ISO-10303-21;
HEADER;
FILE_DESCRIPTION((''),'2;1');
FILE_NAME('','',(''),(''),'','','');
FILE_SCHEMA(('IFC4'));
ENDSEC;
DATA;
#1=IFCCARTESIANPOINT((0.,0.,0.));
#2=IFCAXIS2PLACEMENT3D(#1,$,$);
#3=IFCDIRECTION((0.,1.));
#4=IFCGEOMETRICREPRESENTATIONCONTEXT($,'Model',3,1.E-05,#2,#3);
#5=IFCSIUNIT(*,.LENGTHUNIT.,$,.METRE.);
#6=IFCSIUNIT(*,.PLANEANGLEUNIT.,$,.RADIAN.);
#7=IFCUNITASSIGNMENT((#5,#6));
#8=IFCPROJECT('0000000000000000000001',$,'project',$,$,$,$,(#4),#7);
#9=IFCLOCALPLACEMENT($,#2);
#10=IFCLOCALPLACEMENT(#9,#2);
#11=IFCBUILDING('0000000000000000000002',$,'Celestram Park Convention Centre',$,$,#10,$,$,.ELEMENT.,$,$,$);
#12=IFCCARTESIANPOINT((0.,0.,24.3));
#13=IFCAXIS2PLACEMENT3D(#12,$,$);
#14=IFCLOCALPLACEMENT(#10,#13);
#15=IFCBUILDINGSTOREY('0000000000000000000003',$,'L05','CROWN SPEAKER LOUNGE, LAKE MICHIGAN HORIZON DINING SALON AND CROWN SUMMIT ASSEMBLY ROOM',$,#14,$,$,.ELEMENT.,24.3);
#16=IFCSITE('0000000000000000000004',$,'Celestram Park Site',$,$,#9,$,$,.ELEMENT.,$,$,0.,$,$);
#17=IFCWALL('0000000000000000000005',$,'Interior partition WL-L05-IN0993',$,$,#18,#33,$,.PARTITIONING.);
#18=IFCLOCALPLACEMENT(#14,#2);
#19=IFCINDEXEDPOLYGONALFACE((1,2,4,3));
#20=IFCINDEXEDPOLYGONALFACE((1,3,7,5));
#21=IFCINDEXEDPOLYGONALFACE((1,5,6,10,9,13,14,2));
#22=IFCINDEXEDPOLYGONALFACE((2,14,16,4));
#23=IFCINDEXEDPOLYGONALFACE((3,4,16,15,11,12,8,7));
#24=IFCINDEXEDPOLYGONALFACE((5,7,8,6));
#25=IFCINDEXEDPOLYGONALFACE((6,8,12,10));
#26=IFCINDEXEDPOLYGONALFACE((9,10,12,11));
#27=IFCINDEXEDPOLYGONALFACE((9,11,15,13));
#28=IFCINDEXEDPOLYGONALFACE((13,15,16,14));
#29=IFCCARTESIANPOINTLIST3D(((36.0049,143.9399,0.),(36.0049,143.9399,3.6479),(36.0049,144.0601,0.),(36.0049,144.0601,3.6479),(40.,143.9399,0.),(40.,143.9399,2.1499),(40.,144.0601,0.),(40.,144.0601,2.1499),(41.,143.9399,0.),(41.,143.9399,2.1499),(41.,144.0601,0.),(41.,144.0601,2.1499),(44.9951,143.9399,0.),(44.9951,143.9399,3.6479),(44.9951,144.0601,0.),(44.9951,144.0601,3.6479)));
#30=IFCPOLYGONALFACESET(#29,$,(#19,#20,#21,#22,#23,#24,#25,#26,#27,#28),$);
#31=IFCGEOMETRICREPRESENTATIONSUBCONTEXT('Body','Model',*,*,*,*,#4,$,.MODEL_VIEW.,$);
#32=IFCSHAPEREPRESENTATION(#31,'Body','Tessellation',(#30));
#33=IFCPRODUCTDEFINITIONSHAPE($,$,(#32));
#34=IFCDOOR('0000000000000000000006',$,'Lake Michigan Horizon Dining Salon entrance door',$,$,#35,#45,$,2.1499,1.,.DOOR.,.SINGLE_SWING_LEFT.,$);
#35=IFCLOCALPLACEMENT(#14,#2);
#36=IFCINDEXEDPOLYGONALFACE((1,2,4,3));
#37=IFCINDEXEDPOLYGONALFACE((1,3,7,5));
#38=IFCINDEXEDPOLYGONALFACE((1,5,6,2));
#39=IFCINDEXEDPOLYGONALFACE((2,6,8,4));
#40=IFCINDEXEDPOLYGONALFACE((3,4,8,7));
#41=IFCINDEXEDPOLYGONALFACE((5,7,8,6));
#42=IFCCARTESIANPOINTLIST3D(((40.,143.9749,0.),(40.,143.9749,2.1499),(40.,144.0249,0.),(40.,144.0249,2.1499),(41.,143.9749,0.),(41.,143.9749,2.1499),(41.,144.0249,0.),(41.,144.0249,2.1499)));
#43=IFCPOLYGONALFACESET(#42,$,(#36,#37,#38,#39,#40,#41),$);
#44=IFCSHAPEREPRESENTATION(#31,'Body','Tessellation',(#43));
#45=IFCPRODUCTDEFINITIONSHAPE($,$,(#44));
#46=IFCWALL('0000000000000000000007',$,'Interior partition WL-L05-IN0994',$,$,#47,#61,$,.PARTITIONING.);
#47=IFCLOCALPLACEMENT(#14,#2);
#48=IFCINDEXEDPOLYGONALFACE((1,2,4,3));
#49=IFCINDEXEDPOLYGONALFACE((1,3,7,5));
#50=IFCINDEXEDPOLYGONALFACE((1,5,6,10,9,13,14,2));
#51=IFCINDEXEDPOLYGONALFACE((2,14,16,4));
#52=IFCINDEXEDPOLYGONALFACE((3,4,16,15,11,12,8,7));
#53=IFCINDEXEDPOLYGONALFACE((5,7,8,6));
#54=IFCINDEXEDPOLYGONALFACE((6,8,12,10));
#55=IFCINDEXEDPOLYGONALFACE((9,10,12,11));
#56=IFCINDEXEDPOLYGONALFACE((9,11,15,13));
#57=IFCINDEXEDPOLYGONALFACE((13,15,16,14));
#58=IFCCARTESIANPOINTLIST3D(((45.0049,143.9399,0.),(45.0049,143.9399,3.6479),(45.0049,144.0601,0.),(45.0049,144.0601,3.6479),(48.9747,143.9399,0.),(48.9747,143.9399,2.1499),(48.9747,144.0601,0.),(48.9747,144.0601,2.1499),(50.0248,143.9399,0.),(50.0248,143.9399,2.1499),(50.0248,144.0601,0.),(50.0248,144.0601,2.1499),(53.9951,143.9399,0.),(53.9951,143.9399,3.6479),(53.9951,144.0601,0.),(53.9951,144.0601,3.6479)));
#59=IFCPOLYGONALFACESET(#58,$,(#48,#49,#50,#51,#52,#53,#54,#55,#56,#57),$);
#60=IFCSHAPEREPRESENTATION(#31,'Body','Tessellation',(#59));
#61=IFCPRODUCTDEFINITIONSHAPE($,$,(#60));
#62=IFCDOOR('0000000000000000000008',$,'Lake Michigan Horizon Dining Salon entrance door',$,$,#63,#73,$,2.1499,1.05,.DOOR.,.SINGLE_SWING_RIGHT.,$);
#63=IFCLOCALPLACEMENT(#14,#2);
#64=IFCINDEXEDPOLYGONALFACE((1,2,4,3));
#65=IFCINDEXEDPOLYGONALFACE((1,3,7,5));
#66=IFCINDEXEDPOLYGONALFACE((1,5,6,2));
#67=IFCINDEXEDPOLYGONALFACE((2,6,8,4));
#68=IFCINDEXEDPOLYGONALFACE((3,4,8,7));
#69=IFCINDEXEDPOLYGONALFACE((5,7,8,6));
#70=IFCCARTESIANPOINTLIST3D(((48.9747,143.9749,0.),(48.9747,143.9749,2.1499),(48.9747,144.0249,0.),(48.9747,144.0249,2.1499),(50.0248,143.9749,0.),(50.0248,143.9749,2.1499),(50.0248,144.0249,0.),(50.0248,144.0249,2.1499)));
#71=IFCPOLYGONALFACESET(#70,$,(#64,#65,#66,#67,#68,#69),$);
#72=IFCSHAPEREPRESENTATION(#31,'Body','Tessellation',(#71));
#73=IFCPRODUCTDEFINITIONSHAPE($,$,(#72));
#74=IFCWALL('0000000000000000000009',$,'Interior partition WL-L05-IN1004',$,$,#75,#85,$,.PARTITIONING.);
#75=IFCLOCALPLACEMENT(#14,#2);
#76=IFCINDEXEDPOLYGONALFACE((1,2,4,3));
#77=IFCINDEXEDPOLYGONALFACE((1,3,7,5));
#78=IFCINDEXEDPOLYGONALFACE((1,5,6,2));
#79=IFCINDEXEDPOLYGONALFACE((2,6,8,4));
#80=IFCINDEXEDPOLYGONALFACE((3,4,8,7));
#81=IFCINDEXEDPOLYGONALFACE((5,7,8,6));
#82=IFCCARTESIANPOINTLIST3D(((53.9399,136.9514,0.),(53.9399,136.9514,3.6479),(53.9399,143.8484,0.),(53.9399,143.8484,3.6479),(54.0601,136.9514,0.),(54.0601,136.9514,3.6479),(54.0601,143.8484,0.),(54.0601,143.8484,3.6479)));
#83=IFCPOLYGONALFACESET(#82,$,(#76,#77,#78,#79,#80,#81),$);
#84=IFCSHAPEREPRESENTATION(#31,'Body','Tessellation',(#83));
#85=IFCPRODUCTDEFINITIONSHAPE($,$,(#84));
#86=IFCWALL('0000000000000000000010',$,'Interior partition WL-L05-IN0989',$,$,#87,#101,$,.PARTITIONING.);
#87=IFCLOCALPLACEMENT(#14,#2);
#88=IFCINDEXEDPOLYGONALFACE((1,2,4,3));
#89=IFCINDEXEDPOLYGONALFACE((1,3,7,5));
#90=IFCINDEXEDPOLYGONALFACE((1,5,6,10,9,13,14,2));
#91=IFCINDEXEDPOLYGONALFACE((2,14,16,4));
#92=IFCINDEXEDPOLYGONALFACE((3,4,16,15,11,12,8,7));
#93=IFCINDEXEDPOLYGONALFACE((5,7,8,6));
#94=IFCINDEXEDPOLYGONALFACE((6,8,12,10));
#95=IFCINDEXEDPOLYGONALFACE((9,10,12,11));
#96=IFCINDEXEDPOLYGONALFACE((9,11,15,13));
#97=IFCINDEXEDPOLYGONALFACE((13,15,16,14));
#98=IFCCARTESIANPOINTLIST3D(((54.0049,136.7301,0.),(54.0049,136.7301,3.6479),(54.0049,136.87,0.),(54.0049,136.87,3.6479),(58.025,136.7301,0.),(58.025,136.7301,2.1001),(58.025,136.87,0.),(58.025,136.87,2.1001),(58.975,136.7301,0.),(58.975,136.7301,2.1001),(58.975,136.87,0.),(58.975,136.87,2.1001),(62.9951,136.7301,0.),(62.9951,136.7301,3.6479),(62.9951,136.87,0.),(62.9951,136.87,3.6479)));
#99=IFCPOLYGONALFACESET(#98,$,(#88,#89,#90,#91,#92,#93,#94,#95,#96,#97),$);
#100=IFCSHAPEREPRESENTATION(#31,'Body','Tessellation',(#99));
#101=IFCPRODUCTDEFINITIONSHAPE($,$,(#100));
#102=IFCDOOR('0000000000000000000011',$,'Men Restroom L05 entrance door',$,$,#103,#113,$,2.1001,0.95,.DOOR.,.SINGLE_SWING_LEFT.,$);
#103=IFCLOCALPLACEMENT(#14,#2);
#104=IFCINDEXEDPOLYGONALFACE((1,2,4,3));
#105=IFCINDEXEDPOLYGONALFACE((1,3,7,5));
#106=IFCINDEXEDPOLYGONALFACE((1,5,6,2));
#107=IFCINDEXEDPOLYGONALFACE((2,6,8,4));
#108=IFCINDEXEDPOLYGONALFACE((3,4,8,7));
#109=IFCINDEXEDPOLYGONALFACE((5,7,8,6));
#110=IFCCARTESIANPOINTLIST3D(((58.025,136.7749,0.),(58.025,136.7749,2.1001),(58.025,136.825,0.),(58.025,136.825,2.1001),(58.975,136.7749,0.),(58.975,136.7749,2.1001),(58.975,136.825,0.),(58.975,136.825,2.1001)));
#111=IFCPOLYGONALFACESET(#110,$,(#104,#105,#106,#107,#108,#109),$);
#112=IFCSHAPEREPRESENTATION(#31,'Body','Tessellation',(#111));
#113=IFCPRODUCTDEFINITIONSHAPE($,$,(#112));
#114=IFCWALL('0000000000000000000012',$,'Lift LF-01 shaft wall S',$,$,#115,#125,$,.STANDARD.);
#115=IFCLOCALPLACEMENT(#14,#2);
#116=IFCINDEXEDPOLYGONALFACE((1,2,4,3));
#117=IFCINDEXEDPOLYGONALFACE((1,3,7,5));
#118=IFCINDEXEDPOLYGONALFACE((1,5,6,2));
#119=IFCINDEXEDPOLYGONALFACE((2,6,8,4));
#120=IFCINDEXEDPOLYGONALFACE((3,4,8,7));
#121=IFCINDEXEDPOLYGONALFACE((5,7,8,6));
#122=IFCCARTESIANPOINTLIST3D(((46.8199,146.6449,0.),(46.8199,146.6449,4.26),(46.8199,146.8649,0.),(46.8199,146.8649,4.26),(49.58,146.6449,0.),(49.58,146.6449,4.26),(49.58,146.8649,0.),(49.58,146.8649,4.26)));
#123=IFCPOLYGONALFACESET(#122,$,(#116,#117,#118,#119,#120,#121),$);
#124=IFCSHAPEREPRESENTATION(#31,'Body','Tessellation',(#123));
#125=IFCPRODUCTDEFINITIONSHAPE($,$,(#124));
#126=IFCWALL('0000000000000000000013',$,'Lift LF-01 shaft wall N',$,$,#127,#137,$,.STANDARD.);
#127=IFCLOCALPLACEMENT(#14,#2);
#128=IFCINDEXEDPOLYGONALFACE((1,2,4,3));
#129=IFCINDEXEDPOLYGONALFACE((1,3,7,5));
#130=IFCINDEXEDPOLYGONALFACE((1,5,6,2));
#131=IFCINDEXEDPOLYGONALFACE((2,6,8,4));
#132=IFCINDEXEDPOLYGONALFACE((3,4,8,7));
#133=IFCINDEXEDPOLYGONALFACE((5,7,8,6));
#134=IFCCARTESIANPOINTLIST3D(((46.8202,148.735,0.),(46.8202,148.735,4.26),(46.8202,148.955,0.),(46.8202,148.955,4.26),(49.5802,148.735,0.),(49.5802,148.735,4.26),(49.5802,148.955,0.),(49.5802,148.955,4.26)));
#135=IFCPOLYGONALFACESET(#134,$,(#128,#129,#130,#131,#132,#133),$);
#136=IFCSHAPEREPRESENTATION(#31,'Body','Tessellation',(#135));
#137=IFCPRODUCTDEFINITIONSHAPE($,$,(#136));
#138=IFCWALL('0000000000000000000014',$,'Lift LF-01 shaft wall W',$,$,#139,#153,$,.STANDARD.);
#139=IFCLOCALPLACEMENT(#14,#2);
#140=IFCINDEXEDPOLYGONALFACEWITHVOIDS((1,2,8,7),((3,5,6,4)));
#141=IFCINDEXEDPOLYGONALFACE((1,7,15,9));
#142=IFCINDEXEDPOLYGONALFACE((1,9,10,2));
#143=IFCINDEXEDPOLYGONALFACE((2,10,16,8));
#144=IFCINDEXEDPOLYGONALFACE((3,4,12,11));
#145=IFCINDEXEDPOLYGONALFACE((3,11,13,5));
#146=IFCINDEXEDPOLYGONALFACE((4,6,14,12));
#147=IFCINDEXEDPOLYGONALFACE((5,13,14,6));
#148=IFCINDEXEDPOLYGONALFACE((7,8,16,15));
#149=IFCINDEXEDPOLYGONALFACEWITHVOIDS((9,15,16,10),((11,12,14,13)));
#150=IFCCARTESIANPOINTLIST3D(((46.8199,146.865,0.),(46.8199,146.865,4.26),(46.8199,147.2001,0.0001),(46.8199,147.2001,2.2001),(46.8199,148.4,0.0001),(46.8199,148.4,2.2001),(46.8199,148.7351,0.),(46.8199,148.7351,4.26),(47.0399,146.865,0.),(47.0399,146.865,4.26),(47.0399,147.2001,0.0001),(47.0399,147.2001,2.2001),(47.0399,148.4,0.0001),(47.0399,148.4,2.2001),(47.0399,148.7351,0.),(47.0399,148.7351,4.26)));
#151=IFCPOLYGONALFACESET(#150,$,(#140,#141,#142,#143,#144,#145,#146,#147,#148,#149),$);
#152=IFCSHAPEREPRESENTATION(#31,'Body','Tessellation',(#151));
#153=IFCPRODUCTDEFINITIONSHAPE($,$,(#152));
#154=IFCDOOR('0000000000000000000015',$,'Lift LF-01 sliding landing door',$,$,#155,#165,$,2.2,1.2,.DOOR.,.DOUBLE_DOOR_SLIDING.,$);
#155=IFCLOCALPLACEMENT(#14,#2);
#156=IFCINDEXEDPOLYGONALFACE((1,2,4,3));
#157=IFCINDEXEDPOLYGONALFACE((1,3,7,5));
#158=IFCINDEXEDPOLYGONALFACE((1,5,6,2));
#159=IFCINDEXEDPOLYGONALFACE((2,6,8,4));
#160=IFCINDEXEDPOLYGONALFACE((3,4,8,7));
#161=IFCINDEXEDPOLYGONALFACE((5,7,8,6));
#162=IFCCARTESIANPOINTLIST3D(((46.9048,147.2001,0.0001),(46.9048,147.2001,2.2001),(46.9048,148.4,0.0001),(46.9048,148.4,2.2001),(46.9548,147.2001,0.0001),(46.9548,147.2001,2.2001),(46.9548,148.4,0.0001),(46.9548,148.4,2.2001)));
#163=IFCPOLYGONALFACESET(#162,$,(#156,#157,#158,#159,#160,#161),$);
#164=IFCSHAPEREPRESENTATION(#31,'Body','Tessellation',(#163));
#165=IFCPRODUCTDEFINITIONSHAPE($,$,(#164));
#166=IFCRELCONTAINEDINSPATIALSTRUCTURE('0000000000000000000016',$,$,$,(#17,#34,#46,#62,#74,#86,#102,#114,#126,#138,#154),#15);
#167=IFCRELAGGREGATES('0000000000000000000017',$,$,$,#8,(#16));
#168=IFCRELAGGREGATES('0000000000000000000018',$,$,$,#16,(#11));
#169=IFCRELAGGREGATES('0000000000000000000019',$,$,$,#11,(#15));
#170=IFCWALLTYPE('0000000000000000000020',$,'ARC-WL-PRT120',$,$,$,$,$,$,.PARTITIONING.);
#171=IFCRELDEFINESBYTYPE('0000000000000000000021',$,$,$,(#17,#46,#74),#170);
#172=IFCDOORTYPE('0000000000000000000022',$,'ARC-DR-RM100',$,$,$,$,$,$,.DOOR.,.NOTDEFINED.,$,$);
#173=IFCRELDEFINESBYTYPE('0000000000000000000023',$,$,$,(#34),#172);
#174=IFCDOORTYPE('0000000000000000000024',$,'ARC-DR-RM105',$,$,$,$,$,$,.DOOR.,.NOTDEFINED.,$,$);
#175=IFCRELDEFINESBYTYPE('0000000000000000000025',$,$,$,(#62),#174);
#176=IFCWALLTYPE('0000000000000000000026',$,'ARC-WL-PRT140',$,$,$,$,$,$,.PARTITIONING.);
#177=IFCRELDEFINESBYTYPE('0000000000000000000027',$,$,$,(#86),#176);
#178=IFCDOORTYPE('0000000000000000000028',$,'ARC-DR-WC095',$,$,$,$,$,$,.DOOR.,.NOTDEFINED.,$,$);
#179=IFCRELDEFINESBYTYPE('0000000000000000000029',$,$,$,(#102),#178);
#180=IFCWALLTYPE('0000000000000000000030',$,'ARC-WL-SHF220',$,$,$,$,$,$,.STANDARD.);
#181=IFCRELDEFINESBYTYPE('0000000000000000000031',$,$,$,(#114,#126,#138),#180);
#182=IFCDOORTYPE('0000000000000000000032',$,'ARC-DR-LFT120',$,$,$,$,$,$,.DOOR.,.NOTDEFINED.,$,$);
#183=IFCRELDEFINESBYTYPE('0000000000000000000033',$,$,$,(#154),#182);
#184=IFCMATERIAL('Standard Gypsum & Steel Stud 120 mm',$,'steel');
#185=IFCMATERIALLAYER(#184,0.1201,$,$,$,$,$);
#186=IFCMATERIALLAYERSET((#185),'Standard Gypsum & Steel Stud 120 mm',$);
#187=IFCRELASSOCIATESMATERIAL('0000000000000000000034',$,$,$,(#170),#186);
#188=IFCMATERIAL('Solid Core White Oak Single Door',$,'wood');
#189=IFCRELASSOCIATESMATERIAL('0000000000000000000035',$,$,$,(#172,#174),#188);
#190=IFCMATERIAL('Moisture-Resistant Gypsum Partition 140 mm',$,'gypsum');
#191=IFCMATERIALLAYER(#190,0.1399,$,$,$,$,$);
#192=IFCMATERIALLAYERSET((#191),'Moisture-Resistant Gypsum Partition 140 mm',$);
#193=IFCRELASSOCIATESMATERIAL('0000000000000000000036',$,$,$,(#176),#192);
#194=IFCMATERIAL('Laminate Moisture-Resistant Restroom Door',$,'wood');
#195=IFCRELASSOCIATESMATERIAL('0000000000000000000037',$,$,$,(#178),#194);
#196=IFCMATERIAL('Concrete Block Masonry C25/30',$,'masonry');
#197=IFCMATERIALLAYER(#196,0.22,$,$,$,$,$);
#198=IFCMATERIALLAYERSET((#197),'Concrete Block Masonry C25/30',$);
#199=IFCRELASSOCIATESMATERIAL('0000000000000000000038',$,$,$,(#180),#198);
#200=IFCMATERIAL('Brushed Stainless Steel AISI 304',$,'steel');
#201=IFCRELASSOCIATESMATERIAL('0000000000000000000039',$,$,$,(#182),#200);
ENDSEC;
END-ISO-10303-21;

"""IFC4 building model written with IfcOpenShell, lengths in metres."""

from ifc_helpers import new_model, si_unit, direction, frame, frame_2d, origin, place, context, subcontext, project, spatial, rectangle, extrude, material, layer, layer_set, type_object, element, fill, save


model = new_model("IFC4")

# Units and contexts
model_context = context("Model", 3, precision=1e-05, world=origin(), true_north=direction((0.0, 1.0)))
body_context = subcontext(model_context, "Body", "Model", "MODEL_VIEW")
ifc_project = project(units=[si_unit("LENGTHUNIT", "METRE"), si_unit("PLANEANGLEUNIT", "RADIAN")], contexts=[model_context])

# Site, building, storey
site_placement = place(None, origin())
site = spatial("IfcSite", under=ifc_project, at=site_placement, Name="Celestram Park Site", CompositionType="ELEMENT", RefElevation=0.0)
building_placement = place(site_placement, origin())
building = spatial("IfcBuilding", under=site, at=building_placement, Name="Celestram Park Convention Centre", CompositionType="ELEMENT")
storey_placement = place(building_placement, frame((0.0, 0.0, 24.3)))
storey = spatial("IfcBuildingStorey", under=building, at=storey_placement, Name="L05", Description="CROWN SPEAKER LOUNGE, LAKE MICHIGAN HORIZON DINING SALON AND CROWN SUMMIT ASSEMBLY ROOM", CompositionType="ELEMENT", Elevation=24.3)

# Shared definitions
ifc_material_1 = material(Name="Concrete Block Masonry C25/30", Category="masonry")

# Walls, openings, doors
ifc_material_2 = material(Name="Standard Gypsum & Steel Stud 120 mm", Category="steel")
ifc_layer_1 = layer(ifc_material_2, 0.1201)
ifc_layer_set_1 = layer_set([ifc_layer_1], Name="Standard Gypsum & Steel Stud 120 mm")
wall_type_1 = type_object("IfcWallType", Name="ARC-WL-PRT120", PredefinedType="PARTITIONING", material=ifc_layer_set_1)
wall_1_placement = place(storey_placement, frame((36.0049, 144.0, 0.0), z_axis=(0.0, 0.0, 1.0), x_axis=(1.0, 0.0, 0.0)))
wall_1 = element("IfcWall", 1, at=wall_1_placement, inside=storey, type_object=wall_type_1, Name="Interior partition WL-L05-IN0993", PredefinedType="PARTITIONING", context=body_context, shape_type="SweptSolid", body=[
    extrude(rectangle(XDim=8.9902, YDim=0.1201, at=frame_2d((4.4951, 0.0))), origin(), (0.0, 0.0, 1.0), 3.6479),
])
opening_1_placement = place(wall_1_placement, frame((3.9951, 0.0, 0.0)))
opening_1 = element("IfcOpeningElement", 2, at=opening_1_placement, cuts=wall_1, PredefinedType="OPENING", context=body_context, shape_type="SweptSolid", body=[
    extrude(rectangle(XDim=1.0, YDim=2.1499, at=frame_2d((0.5, 1.075))), frame((0.0, 0.0701, 0.0), z_axis=(0.0, -1.0, 0.0), x_axis=(1.0, 0.0, 0.0)), (0.0, 0.0, 1.0), 0.1401),
])
ifc_material_3 = material(Name="Solid Core White Oak Single Door", Category="wood")
door_type_1 = type_object("IfcDoorType", Name="ARC-DR-RM100", OperationType="NOTDEFINED", PredefinedType="DOOR", material=ifc_material_3)
door_1_placement = place(opening_1_placement, origin())
door_1 = element("IfcDoor", 3, at=door_1_placement, inside=storey, type_object=door_type_1, Name="Lake Michigan Horizon Dining Salon entrance door", OperationType="SINGLE_SWING_LEFT", OverallHeight=2.1499, OverallWidth=1.0, PredefinedType="DOOR", context=body_context, shape_type="SweptSolid", body=[
    extrude(rectangle(XDim=1.0, YDim=2.1499, at=frame_2d((0.5, 1.075))), frame((0.0, 0.0249, 0.0), z_axis=(0.0, -1.0, 0.0), x_axis=(1.0, 0.0, 0.0)), (0.0, 0.0, 1.0), 0.05),
])
fill(opening_1, door_1)
wall_2_placement = place(storey_placement, frame((45.0049, 144.0, 0.0), z_axis=(0.0, 0.0, 1.0), x_axis=(1.0, 0.0, 0.0)))
wall_2 = element("IfcWall", 4, at=wall_2_placement, inside=storey, type_object=wall_type_1, Name="Interior partition WL-L05-IN0994", PredefinedType="PARTITIONING", context=body_context, shape_type="SweptSolid", body=[
    extrude(rectangle(XDim=8.9902, YDim=0.1201, at=frame_2d((4.4951, 0.0))), origin(), (0.0, 0.0, 1.0), 3.6479),
])
opening_2_placement = place(wall_2_placement, frame((3.97, 0.0, 0.0)))
opening_2 = element("IfcOpeningElement", 5, at=opening_2_placement, cuts=wall_2, PredefinedType="OPENING", context=body_context, shape_type="SweptSolid", body=[
    extrude(rectangle(XDim=1.05, YDim=2.1499, at=frame_2d((0.5249, 1.075))), frame((0.0, 0.0701, 0.0), z_axis=(0.0, -1.0, 0.0), x_axis=(1.0, 0.0, 0.0)), (0.0, 0.0, 1.0), 0.1401),
])
door_type_2 = type_object("IfcDoorType", Name="ARC-DR-RM105", OperationType="NOTDEFINED", PredefinedType="DOOR", material=ifc_material_3)
door_2_placement = place(opening_2_placement, origin())
door_2 = element("IfcDoor", 6, at=door_2_placement, inside=storey, type_object=door_type_2, Name="Lake Michigan Horizon Dining Salon entrance door", OperationType="SINGLE_SWING_RIGHT", OverallHeight=2.1499, OverallWidth=1.05, PredefinedType="DOOR", context=body_context, shape_type="SweptSolid", body=[
    extrude(rectangle(XDim=1.05, YDim=2.1499, at=frame_2d((0.5249, 1.075))), frame((0.0, 0.0249, 0.0), z_axis=(0.0, -1.0, 0.0), x_axis=(1.0, 0.0, 0.0)), (0.0, 0.0, 1.0), 0.05),
])
fill(opening_2, door_2)

# Wall
wall_3_placement = place(storey_placement, frame((54.0, 136.9514, 0.0), z_axis=(0.0, 0.0, 1.0), x_axis=(0.0, 1.0, 0.0)))
element("IfcWall", 7, at=wall_3_placement, inside=storey, type_object=wall_type_1, Name="Interior partition WL-L05-IN1004", PredefinedType="PARTITIONING", context=body_context, shape_type="SweptSolid", body=[
    extrude(rectangle(XDim=6.897, YDim=0.1201, at=frame_2d((3.4485, 0.0))), origin(), (0.0, 0.0, 1.0), 3.6479),
])

# Wall, opening, door
ifc_material_4 = material(Name="Moisture-Resistant Gypsum Partition 140 mm", Category="gypsum")
ifc_layer_2 = layer(ifc_material_4, 0.1399)
ifc_layer_set_2 = layer_set([ifc_layer_2], Name="Moisture-Resistant Gypsum Partition 140 mm")
wall_type_2 = type_object("IfcWallType", Name="ARC-WL-PRT140", PredefinedType="PARTITIONING", material=ifc_layer_set_2)
wall_4_placement = place(storey_placement, frame((54.0049, 136.8, 0.0), z_axis=(0.0, 0.0, 1.0), x_axis=(1.0, 0.0, 0.0)))
wall_4 = element("IfcWall", 8, at=wall_4_placement, inside=storey, type_object=wall_type_2, Name="Interior partition WL-L05-IN0989", PredefinedType="PARTITIONING", context=body_context, shape_type="SweptSolid", body=[
    extrude(rectangle(XDim=8.9902, YDim=0.1399, at=frame_2d((4.4951, 0.0))), origin(), (0.0, 0.0, 1.0), 3.6479),
])
opening_3_placement = place(wall_4_placement, frame((4.02, 0.0, 0.0)))
opening_3 = element("IfcOpeningElement", 9, at=opening_3_placement, cuts=wall_4, PredefinedType="OPENING", context=body_context, shape_type="SweptSolid", body=[
    extrude(rectangle(XDim=0.95, YDim=2.1001, at=frame_2d((0.4751, 1.05))), frame((0.0, 0.0798, 0.0), z_axis=(0.0, -1.0, 0.0), x_axis=(1.0, 0.0, 0.0)), (0.0, 0.0, 1.0), 0.1599),
])
ifc_material_5 = material(Name="Laminate Moisture-Resistant Restroom Door", Category="wood")
door_type_3 = type_object("IfcDoorType", Name="ARC-DR-WC095", OperationType="NOTDEFINED", PredefinedType="DOOR", material=ifc_material_5)
door_3_placement = place(opening_3_placement, origin())
door_3 = element("IfcDoor", 10, at=door_3_placement, inside=storey, type_object=door_type_3, Name="Men Restroom L05 entrance door", OperationType="SINGLE_SWING_LEFT", OverallHeight=2.1001, OverallWidth=0.95, PredefinedType="DOOR", context=body_context, shape_type="SweptSolid", body=[
    extrude(rectangle(XDim=0.95, YDim=2.1001, at=frame_2d((0.4751, 1.05))), frame((0.0, 0.0249, 0.0), z_axis=(0.0, -1.0, 0.0), x_axis=(1.0, 0.0, 0.0)), (0.0, 0.0, 1.0), 0.05),
])
fill(opening_3, door_3)

# Walls
ifc_layer_3 = layer(ifc_material_1, 0.22)
ifc_layer_set_3 = layer_set([ifc_layer_3], Name="Concrete Block Masonry C25/30")
wall_type_3 = type_object("IfcWallType", Name="ARC-WL-SHF220", PredefinedType="STANDARD", material=ifc_layer_set_3)
for number, where, z_axis, x_axis, name in (
    (11, (46.8201, 146.7549, 0.0), (0.0, 0.0, 1.0), (1.0, 0.0, 0.0), "Lift LF-01 shaft wall S"),
    (12, (49.5801, 148.845, 0.0), (0.0, 0.0, 1.0), (-1.0, 0.0, 0.0), "Lift LF-01 shaft wall N"),
):
    element("IfcWall", number, at=place(storey_placement, frame(where, z_axis=z_axis, x_axis=x_axis)), inside=storey, type_object=wall_type_3, Name=name, PredefinedType="STANDARD", context=body_context, shape_type="SweptSolid", body=[
        extrude(rectangle(XDim=2.76, YDim=0.22, at=frame_2d((1.3799, 0.0))), origin(), (0.0, 0.0, 1.0), 4.26),
    ])

# Wall, opening, door
wall_5_placement = place(storey_placement, frame((46.9299, 148.7351, 0.0), z_axis=(0.0, 0.0, 1.0), x_axis=(0.0, -1.0, 0.0)))
wall_5 = element("IfcWall", 13, at=wall_5_placement, inside=storey, type_object=wall_type_3, Name="Lift LF-01 shaft wall W", PredefinedType="STANDARD", context=body_context, shape_type="SweptSolid", body=[
    extrude(rectangle(XDim=1.8701, YDim=0.22, at=frame_2d((0.9351, 0.0))), origin(), (0.0, 0.0, 1.0), 4.26),
])
opening_4_placement = place(wall_5_placement, frame((0.335, 0.0, 0.0)))
opening_4 = element("IfcOpeningElement", 14, at=opening_4_placement, cuts=wall_5, PredefinedType="OPENING", context=body_context, shape_type="SweptSolid", body=[
    extrude(rectangle(XDim=1.2, YDim=2.2, at=frame_2d((0.6001, 1.1001))), frame((0.0, 0.1199, 0.0), z_axis=(0.0, -1.0, 0.0), x_axis=(1.0, 0.0, 0.0)), (0.0, 0.0, 1.0), 0.24),
])
ifc_material_6 = material(Name="Brushed Stainless Steel AISI 304", Category="steel")
door_type_4 = type_object("IfcDoorType", Name="ARC-DR-LFT120", OperationType="NOTDEFINED", PredefinedType="DOOR", material=ifc_material_6)
door_4_placement = place(opening_4_placement, origin())
door_4 = element("IfcDoor", 15, at=door_4_placement, inside=storey, type_object=door_type_4, Name="Lift LF-01 sliding landing door", OperationType="DOUBLE_DOOR_SLIDING", OverallHeight=2.2, OverallWidth=1.2, PredefinedType="DOOR", context=body_context, shape_type="SweptSolid", body=[
    extrude(rectangle(XDim=1.2, YDim=2.2, at=frame_2d((0.6001, 1.1001))), frame((0.0, 0.0249, 0.0), z_axis=(0.0, -1.0, 0.0), x_axis=(1.0, 0.0, 0.0)), (0.0, 0.0, 1.0), 0.05),
])
fill(opening_4, door_4)

save(model, "model.ifc")
